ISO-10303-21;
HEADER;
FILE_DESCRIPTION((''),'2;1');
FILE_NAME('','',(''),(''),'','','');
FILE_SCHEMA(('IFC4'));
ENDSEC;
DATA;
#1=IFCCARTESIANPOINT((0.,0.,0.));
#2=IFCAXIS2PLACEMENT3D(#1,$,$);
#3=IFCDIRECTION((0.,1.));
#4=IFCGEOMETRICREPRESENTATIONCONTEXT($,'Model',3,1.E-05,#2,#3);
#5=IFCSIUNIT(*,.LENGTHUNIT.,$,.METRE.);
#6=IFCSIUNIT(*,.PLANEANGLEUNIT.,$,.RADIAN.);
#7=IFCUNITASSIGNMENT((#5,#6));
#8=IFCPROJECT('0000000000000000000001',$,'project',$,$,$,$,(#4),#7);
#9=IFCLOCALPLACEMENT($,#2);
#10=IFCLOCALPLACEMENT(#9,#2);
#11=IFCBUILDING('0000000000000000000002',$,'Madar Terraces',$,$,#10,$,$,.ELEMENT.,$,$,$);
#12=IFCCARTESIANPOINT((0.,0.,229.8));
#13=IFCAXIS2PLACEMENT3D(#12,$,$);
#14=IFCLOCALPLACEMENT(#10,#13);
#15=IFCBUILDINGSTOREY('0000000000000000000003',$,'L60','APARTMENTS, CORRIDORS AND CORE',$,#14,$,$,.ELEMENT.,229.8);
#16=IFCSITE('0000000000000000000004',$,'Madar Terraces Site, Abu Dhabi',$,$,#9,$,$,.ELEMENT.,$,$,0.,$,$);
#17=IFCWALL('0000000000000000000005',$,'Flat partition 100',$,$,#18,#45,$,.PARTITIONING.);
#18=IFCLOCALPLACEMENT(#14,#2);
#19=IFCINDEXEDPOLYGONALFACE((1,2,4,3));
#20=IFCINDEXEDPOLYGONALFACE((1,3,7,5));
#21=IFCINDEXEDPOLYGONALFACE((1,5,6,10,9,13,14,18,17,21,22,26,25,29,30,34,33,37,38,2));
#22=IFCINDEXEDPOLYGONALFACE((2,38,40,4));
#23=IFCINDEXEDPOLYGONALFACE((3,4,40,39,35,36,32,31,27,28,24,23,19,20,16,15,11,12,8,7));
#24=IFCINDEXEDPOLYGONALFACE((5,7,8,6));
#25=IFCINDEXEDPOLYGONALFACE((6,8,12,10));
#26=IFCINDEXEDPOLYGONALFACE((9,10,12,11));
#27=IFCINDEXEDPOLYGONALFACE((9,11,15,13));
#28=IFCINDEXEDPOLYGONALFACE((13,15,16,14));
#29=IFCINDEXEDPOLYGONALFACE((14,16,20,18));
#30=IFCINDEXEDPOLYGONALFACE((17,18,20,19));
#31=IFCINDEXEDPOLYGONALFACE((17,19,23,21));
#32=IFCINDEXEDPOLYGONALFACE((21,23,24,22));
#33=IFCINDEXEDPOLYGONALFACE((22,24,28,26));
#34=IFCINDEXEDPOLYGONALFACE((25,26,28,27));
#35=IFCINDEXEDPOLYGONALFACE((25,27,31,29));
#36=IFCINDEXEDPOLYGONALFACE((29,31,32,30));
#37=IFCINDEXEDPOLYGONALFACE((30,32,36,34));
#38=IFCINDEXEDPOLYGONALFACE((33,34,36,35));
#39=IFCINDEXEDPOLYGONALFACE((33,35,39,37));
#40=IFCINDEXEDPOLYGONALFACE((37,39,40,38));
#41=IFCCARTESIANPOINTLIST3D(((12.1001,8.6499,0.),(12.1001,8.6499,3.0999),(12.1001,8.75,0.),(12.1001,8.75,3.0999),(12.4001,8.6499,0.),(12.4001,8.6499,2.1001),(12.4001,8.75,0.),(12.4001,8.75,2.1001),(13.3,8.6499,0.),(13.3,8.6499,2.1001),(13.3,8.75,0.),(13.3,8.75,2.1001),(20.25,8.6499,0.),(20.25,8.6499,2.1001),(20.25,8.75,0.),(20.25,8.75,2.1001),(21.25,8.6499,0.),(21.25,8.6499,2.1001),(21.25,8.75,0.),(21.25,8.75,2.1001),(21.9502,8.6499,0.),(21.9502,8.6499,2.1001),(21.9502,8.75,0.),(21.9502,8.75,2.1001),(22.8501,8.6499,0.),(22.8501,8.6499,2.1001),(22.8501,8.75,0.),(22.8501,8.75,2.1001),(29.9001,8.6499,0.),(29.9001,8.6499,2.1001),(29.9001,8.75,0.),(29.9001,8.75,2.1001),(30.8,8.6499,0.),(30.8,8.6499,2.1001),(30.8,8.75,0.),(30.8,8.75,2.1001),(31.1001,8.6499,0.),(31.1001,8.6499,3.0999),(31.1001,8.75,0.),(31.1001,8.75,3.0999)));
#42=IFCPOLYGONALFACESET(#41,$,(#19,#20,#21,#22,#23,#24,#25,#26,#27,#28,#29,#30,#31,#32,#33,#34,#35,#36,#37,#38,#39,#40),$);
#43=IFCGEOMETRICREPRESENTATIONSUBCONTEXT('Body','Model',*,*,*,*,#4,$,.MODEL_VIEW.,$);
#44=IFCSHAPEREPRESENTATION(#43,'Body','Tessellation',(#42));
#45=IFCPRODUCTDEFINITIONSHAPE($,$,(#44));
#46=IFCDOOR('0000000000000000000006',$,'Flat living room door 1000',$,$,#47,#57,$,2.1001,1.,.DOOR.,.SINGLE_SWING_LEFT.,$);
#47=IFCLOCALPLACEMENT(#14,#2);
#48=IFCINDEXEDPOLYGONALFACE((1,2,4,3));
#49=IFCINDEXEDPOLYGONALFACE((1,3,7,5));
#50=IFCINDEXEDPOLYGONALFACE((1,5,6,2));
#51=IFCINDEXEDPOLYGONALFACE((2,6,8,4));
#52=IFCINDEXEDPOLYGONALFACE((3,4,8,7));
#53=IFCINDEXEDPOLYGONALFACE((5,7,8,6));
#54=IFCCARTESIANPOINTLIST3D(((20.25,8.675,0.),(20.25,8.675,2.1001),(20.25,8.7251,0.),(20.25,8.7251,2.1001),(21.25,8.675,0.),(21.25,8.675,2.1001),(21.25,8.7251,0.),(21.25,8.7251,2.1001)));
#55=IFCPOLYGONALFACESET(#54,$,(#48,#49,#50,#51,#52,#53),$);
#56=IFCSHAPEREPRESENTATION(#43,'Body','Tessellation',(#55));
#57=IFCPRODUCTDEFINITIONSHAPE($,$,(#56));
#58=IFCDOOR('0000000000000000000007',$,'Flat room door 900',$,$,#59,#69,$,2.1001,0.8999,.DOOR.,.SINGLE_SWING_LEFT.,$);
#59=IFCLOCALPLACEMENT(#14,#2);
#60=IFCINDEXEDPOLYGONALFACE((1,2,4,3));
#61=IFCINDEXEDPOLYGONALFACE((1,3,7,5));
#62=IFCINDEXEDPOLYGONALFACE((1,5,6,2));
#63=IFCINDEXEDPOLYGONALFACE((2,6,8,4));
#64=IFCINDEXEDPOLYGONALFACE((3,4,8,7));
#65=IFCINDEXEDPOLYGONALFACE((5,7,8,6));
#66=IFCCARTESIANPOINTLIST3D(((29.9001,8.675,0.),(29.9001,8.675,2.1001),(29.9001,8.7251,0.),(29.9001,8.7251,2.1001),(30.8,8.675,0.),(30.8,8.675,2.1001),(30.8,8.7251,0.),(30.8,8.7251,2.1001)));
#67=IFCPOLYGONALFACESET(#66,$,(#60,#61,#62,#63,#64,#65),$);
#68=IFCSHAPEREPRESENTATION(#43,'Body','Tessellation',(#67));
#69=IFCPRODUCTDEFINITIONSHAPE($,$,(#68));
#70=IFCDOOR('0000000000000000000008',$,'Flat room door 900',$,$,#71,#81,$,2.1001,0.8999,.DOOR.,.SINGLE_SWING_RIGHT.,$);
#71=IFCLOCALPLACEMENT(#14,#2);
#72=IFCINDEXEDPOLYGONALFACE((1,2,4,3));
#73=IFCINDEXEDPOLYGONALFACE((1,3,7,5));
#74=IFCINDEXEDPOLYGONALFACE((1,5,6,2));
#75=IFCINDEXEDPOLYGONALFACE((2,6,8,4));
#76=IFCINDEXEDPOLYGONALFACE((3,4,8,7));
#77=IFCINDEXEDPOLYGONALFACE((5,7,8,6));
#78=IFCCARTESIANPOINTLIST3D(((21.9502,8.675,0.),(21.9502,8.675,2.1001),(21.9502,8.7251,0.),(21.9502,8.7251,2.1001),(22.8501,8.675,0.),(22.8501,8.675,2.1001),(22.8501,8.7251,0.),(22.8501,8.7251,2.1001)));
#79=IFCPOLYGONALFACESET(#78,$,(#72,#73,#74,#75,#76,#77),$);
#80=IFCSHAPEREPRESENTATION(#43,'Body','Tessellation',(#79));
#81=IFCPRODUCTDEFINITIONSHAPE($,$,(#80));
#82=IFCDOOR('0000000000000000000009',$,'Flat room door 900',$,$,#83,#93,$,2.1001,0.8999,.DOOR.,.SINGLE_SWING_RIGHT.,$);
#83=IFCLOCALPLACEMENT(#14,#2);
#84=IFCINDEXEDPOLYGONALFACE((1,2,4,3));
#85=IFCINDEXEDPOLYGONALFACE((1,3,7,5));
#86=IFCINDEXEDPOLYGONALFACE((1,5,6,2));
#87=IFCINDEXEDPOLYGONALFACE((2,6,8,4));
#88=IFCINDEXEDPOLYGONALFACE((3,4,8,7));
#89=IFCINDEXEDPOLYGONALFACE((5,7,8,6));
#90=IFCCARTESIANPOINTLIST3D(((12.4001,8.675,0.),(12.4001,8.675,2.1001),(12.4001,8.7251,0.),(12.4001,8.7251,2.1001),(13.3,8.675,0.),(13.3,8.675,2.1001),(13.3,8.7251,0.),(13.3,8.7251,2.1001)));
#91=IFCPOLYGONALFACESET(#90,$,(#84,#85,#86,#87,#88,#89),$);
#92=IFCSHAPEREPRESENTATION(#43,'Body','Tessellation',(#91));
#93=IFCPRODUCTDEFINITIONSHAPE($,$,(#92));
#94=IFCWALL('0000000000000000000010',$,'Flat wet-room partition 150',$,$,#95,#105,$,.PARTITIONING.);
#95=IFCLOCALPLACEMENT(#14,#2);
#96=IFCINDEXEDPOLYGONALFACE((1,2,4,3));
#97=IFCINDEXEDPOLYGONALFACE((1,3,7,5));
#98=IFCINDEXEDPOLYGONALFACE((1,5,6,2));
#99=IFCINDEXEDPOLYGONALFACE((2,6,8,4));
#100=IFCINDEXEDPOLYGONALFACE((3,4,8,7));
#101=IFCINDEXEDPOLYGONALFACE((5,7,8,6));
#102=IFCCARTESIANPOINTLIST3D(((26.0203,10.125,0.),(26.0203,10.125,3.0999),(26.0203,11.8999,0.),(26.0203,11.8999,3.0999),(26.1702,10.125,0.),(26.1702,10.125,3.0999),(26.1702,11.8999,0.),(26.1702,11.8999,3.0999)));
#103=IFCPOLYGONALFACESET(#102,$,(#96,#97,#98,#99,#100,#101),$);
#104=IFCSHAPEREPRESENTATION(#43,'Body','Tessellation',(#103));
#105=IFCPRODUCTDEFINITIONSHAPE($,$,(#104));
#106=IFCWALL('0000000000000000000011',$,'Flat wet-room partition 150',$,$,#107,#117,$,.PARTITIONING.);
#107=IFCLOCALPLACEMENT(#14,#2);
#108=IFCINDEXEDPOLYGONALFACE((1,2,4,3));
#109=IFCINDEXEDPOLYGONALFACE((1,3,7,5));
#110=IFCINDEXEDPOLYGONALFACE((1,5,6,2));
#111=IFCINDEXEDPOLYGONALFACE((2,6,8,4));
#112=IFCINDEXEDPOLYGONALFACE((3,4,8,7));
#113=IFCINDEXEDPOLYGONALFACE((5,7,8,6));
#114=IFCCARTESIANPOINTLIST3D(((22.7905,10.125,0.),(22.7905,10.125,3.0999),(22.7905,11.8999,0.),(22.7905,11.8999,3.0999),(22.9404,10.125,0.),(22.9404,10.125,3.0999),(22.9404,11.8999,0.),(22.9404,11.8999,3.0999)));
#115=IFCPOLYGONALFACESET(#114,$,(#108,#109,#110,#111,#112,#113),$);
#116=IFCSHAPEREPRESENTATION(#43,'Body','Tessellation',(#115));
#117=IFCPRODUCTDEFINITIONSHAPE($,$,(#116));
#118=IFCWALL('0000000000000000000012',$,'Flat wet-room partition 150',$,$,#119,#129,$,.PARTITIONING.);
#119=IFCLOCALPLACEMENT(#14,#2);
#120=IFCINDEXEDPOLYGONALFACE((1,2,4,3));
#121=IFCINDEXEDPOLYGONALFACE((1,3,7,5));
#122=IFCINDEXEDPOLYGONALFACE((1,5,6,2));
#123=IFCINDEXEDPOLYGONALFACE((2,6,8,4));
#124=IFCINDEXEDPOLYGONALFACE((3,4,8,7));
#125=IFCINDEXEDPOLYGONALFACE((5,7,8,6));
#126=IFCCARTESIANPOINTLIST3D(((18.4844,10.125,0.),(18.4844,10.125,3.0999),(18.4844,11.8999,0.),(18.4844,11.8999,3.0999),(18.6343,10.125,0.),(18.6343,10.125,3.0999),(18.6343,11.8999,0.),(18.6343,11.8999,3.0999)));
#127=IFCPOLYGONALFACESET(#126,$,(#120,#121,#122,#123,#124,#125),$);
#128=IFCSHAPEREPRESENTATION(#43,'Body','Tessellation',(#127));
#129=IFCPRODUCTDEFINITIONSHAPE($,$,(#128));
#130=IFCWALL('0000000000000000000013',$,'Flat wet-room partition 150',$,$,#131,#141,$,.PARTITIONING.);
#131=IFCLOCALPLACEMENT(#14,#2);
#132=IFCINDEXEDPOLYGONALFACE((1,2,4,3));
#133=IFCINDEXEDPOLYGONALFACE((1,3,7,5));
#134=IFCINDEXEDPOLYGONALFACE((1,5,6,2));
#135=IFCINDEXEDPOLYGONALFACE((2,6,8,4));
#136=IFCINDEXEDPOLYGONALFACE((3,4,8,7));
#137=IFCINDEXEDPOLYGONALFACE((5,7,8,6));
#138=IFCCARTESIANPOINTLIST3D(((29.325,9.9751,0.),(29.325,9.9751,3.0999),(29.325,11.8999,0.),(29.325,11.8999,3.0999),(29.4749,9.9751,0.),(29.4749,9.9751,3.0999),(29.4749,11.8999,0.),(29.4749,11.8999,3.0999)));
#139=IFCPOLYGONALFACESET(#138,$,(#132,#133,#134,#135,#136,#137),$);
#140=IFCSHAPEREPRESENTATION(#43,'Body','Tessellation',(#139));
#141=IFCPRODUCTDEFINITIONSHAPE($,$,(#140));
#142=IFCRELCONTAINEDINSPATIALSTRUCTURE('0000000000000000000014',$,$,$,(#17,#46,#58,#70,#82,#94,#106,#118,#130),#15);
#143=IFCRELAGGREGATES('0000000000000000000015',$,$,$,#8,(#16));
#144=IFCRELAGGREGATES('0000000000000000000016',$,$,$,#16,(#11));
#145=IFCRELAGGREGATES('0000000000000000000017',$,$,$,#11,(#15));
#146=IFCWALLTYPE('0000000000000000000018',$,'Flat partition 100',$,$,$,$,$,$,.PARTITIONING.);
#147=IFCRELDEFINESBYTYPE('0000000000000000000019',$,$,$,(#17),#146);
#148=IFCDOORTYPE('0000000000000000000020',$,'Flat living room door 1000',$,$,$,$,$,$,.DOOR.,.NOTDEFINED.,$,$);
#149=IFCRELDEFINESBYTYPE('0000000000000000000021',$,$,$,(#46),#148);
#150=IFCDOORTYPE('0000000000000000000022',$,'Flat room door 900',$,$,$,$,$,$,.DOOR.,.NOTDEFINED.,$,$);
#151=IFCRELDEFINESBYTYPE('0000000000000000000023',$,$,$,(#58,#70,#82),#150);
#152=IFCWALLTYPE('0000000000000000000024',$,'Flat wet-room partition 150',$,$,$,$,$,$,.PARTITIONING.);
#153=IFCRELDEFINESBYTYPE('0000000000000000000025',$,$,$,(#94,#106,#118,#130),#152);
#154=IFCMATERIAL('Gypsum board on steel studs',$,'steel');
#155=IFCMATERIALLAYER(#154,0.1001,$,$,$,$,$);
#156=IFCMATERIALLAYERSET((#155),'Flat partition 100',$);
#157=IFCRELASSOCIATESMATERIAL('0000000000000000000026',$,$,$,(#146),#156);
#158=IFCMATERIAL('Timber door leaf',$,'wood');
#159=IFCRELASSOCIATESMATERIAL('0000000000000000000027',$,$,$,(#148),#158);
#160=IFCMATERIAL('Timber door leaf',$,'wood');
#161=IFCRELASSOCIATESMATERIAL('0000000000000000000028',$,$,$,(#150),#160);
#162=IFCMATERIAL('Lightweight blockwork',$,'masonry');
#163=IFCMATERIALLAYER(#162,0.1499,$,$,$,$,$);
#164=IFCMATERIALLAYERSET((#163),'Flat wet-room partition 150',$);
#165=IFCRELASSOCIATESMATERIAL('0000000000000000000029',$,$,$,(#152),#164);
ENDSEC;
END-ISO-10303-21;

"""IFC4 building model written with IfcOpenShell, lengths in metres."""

from ifc_helpers import new_model, si_unit, direction, frame, frame_2d, origin, place, context, subcontext, project, spatial, rectangle, extrude, material, layer, layer_set, type_object, element, fill, save


model = new_model("IFC4")

# Units and contexts
model_context = context("Model", 3, precision=1e-05, world=origin(), true_north=direction((0.0, 1.0)))
body_context = subcontext(model_context, "Body", "Model", "MODEL_VIEW")
ifc_project = project(units=[si_unit("LENGTHUNIT", "METRE"), si_unit("PLANEANGLEUNIT", "RADIAN")], contexts=[model_context])

# Site, building, storey
site_placement = place(None, origin())
site = spatial("IfcSite", under=ifc_project, at=site_placement, Name="Madar Terraces Site, Abu Dhabi", CompositionType="ELEMENT", RefElevation=0.0)
building_placement = place(site_placement, origin())
building = spatial("IfcBuilding", under=site, at=building_placement, Name="Madar Terraces", CompositionType="ELEMENT")
storey_placement = place(building_placement, frame((0.0, 0.0, 229.8)))
storey = spatial("IfcBuildingStorey", under=building, at=storey_placement, Name="L60", Description="APARTMENTS, CORRIDORS AND CORE", CompositionType="ELEMENT", Elevation=229.8)

# Shared definitions
ifc_material_1 = material(Name="Gypsum board on steel studs", Category="steel")
ifc_layer_1 = layer(ifc_material_1, 0.1001)
ifc_layer_set_1 = layer_set([ifc_layer_1], Name="Flat partition 100")
wall_type_1 = type_object("IfcWallType", Name="Flat partition 100", PredefinedType="PARTITIONING", material=ifc_layer_set_1)

# Wall, openings, doors
wall_1_placement = place(storey_placement, frame((31.1001, 8.7, 0.0), z_axis=(0.0, 0.0, 1.0), x_axis=(-1.0, 0.0, 0.0)))
wall_1 = element("IfcWall", 1, at=wall_1_placement, inside=storey, type_object=wall_type_1, Name="Flat partition 100", PredefinedType="PARTITIONING", context=body_context, shape_type="SweptSolid", body=[
    extrude(rectangle(XDim=19.0, YDim=0.1001, at=frame_2d((9.5, 0.0))), origin(), (0.0, 0.0, 1.0), 3.0999),
])
opening_1_placement = place(wall_1_placement, frame((0.3, 0.0, 0.0)))
opening_1 = element("IfcOpeningElement", 2, at=opening_1_placement, cuts=wall_1, PredefinedType="OPENING", context=body_context, shape_type="SweptSolid", body=[
    extrude(rectangle(XDim=0.8999, YDim=2.1001, at=frame_2d((0.45, 1.05))), frame((0.0, 0.0601, 0.0), z_axis=(0.0, -1.0, 0.0), x_axis=(1.0, 0.0, 0.0)), (0.0, 0.0, 1.0), 0.1201),
])
opening_2_placement = place(wall_1_placement, frame((8.25, 0.0, 0.0)))
opening_2 = element("IfcOpeningElement", 3, at=opening_2_placement, cuts=wall_1, PredefinedType="OPENING", context=body_context, shape_type="SweptSolid", body=[
    extrude(rectangle(XDim=0.8999, YDim=2.1001, at=frame_2d((0.45, 1.05))), frame((0.0, 0.0601, 0.0), z_axis=(0.0, -1.0, 0.0), x_axis=(1.0, 0.0, 0.0)), (0.0, 0.0, 1.0), 0.1201),
])
opening_3_placement = place(wall_1_placement, frame((9.8501, 0.0, 0.0)))
opening_3 = element("IfcOpeningElement", 4, at=opening_3_placement, cuts=wall_1, PredefinedType="OPENING", context=body_context, shape_type="SweptSolid", body=[
    extrude(rectangle(XDim=1.0, YDim=2.1001, at=frame_2d((0.5, 1.05))), frame((0.0, 0.0601, 0.0), z_axis=(0.0, -1.0, 0.0), x_axis=(1.0, 0.0, 0.0)), (0.0, 0.0, 1.0), 0.1201),
])
opening_4_placement = place(wall_1_placement, frame((17.8, 0.0, 0.0)))
opening_4 = element("IfcOpeningElement", 5, at=opening_4_placement, cuts=wall_1, PredefinedType="OPENING", context=body_context, shape_type="SweptSolid", body=[
    extrude(rectangle(XDim=0.8999, YDim=2.1001, at=frame_2d((0.45, 1.05))), frame((0.0, 0.0601, 0.0), z_axis=(0.0, -1.0, 0.0), x_axis=(1.0, 0.0, 0.0)), (0.0, 0.0, 1.0), 0.1201),
])
ifc_material_2 = material(Name="Timber door leaf", Category="wood")
door_type_1 = type_object("IfcDoorType", Name="Flat living room door 1000", OperationType="NOTDEFINED", PredefinedType="DOOR", material=ifc_material_2)
door_1_placement = place(opening_3_placement, origin())
door_1 = element("IfcDoor", 6, at=door_1_placement, inside=storey, type_object=door_type_1, Name="Flat living room door 1000", OperationType="SINGLE_SWING_LEFT", OverallHeight=2.1001, OverallWidth=1.0, PredefinedType="DOOR", context=body_context, shape_type="SweptSolid", body=[
    extrude(rectangle(XDim=1.0, YDim=2.1001, at=frame_2d((0.5, 1.05))), frame((0.0, 0.0249, 0.0), z_axis=(0.0, -1.0, 0.0), x_axis=(1.0, 0.0, 0.0)), (0.0, 0.0, 1.0), 0.05),
])
fill(opening_3, door_1)
ifc_material_3 = material(Name="Timber door leaf", Category="wood")
door_type_2 = type_object("IfcDoorType", Name="Flat room door 900", OperationType="NOTDEFINED", PredefinedType="DOOR", material=ifc_material_3)
door_2_placement = place(opening_1_placement, origin())
door_2 = element("IfcDoor", 7, at=door_2_placement, inside=storey, type_object=door_type_2, Name="Flat room door 900", OperationType="SINGLE_SWING_LEFT", OverallHeight=2.1001, OverallWidth=0.8999, PredefinedType="DOOR", context=body_context, shape_type="SweptSolid", body=[
    extrude(rectangle(XDim=0.8999, YDim=2.1001, at=frame_2d((0.45, 1.05))), frame((0.0, 0.0249, 0.0), z_axis=(0.0, -1.0, 0.0), x_axis=(1.0, 0.0, 0.0)), (0.0, 0.0, 1.0), 0.05),
])
fill(opening_1, door_2)
door_3_placement = place(opening_2_placement, origin())
door_3 = element("IfcDoor", 8, at=door_3_placement, inside=storey, type_object=door_type_2, Name="Flat room door 900", OperationType="SINGLE_SWING_RIGHT", OverallHeight=2.1001, OverallWidth=0.8999, PredefinedType="DOOR", context=body_context, shape_type="SweptSolid", body=[
    extrude(rectangle(XDim=0.8999, YDim=2.1001, at=frame_2d((0.45, 1.05))), frame((0.0, 0.0249, 0.0), z_axis=(0.0, -1.0, 0.0), x_axis=(1.0, 0.0, 0.0)), (0.0, 0.0, 1.0), 0.05),
])
fill(opening_2, door_3)
door_4_placement = place(opening_4_placement, origin())
door_4 = element("IfcDoor", 9, at=door_4_placement, inside=storey, type_object=door_type_2, Name="Flat room door 900", OperationType="SINGLE_SWING_RIGHT", OverallHeight=2.1001, OverallWidth=0.8999, PredefinedType="DOOR", context=body_context, shape_type="SweptSolid", body=[
    extrude(rectangle(XDim=0.8999, YDim=2.1001, at=frame_2d((0.45, 1.05))), frame((0.0, 0.0249, 0.0), z_axis=(0.0, -1.0, 0.0), x_axis=(1.0, 0.0, 0.0)), (0.0, 0.0, 1.0), 0.05),
])
fill(opening_4, door_4)

# Walls
ifc_material_4 = material(Name="Lightweight blockwork", Category="masonry")
ifc_layer_2 = layer(ifc_material_4, 0.1499)
ifc_layer_set_2 = layer_set([ifc_layer_2], Name="Flat wet-room partition 150")
wall_type_2 = type_object("IfcWallType", Name="Flat wet-room partition 150", PredefinedType="PARTITIONING", material=ifc_layer_set_2)
for number, where, z_axis, x_axis, name in (
    (10, (26.0952, 11.8999, 0.0), (0.0, 0.0, 1.0), (0.0, -1.0, 0.0), "Flat wet-room partition 150"),
    (11, (22.8655, 11.8999, 0.0), (0.0, 0.0, 1.0), (0.0, -1.0, 0.0), "Flat wet-room partition 150"),
    (12, (18.5593, 11.8999, 0.0), (0.0, 0.0, 1.0), (0.0, -1.0, 0.0), "Flat wet-room partition 150"),
):
    element("IfcWall", number, at=place(storey_placement, frame(where, z_axis=z_axis, x_axis=x_axis)), inside=storey, type_object=wall_type_2, Name=name, PredefinedType="PARTITIONING", context=body_context, shape_type="SweptSolid", body=[
        extrude(rectangle(XDim=1.7749, YDim=0.1499, at=frame_2d((0.8875, 0.0))), origin(), (0.0, 0.0, 1.0), 3.0999),
    ])
wall_2_placement = place(storey_placement, frame((29.3999, 11.8999, 0.0), z_axis=(0.0, 0.0, 1.0), x_axis=(0.0, -1.0, 0.0)))
element("IfcWall", 13, at=wall_2_placement, inside=storey, type_object=wall_type_2, Name="Flat wet-room partition 150", PredefinedType="PARTITIONING", context=body_context, shape_type="SweptSolid", body=[
    extrude(rectangle(XDim=1.9248, YDim=0.1499, at=frame_2d((0.9624, 0.0))), origin(), (0.0, 0.0, 1.0), 3.0999),
])

save(model, "model.ifc")
